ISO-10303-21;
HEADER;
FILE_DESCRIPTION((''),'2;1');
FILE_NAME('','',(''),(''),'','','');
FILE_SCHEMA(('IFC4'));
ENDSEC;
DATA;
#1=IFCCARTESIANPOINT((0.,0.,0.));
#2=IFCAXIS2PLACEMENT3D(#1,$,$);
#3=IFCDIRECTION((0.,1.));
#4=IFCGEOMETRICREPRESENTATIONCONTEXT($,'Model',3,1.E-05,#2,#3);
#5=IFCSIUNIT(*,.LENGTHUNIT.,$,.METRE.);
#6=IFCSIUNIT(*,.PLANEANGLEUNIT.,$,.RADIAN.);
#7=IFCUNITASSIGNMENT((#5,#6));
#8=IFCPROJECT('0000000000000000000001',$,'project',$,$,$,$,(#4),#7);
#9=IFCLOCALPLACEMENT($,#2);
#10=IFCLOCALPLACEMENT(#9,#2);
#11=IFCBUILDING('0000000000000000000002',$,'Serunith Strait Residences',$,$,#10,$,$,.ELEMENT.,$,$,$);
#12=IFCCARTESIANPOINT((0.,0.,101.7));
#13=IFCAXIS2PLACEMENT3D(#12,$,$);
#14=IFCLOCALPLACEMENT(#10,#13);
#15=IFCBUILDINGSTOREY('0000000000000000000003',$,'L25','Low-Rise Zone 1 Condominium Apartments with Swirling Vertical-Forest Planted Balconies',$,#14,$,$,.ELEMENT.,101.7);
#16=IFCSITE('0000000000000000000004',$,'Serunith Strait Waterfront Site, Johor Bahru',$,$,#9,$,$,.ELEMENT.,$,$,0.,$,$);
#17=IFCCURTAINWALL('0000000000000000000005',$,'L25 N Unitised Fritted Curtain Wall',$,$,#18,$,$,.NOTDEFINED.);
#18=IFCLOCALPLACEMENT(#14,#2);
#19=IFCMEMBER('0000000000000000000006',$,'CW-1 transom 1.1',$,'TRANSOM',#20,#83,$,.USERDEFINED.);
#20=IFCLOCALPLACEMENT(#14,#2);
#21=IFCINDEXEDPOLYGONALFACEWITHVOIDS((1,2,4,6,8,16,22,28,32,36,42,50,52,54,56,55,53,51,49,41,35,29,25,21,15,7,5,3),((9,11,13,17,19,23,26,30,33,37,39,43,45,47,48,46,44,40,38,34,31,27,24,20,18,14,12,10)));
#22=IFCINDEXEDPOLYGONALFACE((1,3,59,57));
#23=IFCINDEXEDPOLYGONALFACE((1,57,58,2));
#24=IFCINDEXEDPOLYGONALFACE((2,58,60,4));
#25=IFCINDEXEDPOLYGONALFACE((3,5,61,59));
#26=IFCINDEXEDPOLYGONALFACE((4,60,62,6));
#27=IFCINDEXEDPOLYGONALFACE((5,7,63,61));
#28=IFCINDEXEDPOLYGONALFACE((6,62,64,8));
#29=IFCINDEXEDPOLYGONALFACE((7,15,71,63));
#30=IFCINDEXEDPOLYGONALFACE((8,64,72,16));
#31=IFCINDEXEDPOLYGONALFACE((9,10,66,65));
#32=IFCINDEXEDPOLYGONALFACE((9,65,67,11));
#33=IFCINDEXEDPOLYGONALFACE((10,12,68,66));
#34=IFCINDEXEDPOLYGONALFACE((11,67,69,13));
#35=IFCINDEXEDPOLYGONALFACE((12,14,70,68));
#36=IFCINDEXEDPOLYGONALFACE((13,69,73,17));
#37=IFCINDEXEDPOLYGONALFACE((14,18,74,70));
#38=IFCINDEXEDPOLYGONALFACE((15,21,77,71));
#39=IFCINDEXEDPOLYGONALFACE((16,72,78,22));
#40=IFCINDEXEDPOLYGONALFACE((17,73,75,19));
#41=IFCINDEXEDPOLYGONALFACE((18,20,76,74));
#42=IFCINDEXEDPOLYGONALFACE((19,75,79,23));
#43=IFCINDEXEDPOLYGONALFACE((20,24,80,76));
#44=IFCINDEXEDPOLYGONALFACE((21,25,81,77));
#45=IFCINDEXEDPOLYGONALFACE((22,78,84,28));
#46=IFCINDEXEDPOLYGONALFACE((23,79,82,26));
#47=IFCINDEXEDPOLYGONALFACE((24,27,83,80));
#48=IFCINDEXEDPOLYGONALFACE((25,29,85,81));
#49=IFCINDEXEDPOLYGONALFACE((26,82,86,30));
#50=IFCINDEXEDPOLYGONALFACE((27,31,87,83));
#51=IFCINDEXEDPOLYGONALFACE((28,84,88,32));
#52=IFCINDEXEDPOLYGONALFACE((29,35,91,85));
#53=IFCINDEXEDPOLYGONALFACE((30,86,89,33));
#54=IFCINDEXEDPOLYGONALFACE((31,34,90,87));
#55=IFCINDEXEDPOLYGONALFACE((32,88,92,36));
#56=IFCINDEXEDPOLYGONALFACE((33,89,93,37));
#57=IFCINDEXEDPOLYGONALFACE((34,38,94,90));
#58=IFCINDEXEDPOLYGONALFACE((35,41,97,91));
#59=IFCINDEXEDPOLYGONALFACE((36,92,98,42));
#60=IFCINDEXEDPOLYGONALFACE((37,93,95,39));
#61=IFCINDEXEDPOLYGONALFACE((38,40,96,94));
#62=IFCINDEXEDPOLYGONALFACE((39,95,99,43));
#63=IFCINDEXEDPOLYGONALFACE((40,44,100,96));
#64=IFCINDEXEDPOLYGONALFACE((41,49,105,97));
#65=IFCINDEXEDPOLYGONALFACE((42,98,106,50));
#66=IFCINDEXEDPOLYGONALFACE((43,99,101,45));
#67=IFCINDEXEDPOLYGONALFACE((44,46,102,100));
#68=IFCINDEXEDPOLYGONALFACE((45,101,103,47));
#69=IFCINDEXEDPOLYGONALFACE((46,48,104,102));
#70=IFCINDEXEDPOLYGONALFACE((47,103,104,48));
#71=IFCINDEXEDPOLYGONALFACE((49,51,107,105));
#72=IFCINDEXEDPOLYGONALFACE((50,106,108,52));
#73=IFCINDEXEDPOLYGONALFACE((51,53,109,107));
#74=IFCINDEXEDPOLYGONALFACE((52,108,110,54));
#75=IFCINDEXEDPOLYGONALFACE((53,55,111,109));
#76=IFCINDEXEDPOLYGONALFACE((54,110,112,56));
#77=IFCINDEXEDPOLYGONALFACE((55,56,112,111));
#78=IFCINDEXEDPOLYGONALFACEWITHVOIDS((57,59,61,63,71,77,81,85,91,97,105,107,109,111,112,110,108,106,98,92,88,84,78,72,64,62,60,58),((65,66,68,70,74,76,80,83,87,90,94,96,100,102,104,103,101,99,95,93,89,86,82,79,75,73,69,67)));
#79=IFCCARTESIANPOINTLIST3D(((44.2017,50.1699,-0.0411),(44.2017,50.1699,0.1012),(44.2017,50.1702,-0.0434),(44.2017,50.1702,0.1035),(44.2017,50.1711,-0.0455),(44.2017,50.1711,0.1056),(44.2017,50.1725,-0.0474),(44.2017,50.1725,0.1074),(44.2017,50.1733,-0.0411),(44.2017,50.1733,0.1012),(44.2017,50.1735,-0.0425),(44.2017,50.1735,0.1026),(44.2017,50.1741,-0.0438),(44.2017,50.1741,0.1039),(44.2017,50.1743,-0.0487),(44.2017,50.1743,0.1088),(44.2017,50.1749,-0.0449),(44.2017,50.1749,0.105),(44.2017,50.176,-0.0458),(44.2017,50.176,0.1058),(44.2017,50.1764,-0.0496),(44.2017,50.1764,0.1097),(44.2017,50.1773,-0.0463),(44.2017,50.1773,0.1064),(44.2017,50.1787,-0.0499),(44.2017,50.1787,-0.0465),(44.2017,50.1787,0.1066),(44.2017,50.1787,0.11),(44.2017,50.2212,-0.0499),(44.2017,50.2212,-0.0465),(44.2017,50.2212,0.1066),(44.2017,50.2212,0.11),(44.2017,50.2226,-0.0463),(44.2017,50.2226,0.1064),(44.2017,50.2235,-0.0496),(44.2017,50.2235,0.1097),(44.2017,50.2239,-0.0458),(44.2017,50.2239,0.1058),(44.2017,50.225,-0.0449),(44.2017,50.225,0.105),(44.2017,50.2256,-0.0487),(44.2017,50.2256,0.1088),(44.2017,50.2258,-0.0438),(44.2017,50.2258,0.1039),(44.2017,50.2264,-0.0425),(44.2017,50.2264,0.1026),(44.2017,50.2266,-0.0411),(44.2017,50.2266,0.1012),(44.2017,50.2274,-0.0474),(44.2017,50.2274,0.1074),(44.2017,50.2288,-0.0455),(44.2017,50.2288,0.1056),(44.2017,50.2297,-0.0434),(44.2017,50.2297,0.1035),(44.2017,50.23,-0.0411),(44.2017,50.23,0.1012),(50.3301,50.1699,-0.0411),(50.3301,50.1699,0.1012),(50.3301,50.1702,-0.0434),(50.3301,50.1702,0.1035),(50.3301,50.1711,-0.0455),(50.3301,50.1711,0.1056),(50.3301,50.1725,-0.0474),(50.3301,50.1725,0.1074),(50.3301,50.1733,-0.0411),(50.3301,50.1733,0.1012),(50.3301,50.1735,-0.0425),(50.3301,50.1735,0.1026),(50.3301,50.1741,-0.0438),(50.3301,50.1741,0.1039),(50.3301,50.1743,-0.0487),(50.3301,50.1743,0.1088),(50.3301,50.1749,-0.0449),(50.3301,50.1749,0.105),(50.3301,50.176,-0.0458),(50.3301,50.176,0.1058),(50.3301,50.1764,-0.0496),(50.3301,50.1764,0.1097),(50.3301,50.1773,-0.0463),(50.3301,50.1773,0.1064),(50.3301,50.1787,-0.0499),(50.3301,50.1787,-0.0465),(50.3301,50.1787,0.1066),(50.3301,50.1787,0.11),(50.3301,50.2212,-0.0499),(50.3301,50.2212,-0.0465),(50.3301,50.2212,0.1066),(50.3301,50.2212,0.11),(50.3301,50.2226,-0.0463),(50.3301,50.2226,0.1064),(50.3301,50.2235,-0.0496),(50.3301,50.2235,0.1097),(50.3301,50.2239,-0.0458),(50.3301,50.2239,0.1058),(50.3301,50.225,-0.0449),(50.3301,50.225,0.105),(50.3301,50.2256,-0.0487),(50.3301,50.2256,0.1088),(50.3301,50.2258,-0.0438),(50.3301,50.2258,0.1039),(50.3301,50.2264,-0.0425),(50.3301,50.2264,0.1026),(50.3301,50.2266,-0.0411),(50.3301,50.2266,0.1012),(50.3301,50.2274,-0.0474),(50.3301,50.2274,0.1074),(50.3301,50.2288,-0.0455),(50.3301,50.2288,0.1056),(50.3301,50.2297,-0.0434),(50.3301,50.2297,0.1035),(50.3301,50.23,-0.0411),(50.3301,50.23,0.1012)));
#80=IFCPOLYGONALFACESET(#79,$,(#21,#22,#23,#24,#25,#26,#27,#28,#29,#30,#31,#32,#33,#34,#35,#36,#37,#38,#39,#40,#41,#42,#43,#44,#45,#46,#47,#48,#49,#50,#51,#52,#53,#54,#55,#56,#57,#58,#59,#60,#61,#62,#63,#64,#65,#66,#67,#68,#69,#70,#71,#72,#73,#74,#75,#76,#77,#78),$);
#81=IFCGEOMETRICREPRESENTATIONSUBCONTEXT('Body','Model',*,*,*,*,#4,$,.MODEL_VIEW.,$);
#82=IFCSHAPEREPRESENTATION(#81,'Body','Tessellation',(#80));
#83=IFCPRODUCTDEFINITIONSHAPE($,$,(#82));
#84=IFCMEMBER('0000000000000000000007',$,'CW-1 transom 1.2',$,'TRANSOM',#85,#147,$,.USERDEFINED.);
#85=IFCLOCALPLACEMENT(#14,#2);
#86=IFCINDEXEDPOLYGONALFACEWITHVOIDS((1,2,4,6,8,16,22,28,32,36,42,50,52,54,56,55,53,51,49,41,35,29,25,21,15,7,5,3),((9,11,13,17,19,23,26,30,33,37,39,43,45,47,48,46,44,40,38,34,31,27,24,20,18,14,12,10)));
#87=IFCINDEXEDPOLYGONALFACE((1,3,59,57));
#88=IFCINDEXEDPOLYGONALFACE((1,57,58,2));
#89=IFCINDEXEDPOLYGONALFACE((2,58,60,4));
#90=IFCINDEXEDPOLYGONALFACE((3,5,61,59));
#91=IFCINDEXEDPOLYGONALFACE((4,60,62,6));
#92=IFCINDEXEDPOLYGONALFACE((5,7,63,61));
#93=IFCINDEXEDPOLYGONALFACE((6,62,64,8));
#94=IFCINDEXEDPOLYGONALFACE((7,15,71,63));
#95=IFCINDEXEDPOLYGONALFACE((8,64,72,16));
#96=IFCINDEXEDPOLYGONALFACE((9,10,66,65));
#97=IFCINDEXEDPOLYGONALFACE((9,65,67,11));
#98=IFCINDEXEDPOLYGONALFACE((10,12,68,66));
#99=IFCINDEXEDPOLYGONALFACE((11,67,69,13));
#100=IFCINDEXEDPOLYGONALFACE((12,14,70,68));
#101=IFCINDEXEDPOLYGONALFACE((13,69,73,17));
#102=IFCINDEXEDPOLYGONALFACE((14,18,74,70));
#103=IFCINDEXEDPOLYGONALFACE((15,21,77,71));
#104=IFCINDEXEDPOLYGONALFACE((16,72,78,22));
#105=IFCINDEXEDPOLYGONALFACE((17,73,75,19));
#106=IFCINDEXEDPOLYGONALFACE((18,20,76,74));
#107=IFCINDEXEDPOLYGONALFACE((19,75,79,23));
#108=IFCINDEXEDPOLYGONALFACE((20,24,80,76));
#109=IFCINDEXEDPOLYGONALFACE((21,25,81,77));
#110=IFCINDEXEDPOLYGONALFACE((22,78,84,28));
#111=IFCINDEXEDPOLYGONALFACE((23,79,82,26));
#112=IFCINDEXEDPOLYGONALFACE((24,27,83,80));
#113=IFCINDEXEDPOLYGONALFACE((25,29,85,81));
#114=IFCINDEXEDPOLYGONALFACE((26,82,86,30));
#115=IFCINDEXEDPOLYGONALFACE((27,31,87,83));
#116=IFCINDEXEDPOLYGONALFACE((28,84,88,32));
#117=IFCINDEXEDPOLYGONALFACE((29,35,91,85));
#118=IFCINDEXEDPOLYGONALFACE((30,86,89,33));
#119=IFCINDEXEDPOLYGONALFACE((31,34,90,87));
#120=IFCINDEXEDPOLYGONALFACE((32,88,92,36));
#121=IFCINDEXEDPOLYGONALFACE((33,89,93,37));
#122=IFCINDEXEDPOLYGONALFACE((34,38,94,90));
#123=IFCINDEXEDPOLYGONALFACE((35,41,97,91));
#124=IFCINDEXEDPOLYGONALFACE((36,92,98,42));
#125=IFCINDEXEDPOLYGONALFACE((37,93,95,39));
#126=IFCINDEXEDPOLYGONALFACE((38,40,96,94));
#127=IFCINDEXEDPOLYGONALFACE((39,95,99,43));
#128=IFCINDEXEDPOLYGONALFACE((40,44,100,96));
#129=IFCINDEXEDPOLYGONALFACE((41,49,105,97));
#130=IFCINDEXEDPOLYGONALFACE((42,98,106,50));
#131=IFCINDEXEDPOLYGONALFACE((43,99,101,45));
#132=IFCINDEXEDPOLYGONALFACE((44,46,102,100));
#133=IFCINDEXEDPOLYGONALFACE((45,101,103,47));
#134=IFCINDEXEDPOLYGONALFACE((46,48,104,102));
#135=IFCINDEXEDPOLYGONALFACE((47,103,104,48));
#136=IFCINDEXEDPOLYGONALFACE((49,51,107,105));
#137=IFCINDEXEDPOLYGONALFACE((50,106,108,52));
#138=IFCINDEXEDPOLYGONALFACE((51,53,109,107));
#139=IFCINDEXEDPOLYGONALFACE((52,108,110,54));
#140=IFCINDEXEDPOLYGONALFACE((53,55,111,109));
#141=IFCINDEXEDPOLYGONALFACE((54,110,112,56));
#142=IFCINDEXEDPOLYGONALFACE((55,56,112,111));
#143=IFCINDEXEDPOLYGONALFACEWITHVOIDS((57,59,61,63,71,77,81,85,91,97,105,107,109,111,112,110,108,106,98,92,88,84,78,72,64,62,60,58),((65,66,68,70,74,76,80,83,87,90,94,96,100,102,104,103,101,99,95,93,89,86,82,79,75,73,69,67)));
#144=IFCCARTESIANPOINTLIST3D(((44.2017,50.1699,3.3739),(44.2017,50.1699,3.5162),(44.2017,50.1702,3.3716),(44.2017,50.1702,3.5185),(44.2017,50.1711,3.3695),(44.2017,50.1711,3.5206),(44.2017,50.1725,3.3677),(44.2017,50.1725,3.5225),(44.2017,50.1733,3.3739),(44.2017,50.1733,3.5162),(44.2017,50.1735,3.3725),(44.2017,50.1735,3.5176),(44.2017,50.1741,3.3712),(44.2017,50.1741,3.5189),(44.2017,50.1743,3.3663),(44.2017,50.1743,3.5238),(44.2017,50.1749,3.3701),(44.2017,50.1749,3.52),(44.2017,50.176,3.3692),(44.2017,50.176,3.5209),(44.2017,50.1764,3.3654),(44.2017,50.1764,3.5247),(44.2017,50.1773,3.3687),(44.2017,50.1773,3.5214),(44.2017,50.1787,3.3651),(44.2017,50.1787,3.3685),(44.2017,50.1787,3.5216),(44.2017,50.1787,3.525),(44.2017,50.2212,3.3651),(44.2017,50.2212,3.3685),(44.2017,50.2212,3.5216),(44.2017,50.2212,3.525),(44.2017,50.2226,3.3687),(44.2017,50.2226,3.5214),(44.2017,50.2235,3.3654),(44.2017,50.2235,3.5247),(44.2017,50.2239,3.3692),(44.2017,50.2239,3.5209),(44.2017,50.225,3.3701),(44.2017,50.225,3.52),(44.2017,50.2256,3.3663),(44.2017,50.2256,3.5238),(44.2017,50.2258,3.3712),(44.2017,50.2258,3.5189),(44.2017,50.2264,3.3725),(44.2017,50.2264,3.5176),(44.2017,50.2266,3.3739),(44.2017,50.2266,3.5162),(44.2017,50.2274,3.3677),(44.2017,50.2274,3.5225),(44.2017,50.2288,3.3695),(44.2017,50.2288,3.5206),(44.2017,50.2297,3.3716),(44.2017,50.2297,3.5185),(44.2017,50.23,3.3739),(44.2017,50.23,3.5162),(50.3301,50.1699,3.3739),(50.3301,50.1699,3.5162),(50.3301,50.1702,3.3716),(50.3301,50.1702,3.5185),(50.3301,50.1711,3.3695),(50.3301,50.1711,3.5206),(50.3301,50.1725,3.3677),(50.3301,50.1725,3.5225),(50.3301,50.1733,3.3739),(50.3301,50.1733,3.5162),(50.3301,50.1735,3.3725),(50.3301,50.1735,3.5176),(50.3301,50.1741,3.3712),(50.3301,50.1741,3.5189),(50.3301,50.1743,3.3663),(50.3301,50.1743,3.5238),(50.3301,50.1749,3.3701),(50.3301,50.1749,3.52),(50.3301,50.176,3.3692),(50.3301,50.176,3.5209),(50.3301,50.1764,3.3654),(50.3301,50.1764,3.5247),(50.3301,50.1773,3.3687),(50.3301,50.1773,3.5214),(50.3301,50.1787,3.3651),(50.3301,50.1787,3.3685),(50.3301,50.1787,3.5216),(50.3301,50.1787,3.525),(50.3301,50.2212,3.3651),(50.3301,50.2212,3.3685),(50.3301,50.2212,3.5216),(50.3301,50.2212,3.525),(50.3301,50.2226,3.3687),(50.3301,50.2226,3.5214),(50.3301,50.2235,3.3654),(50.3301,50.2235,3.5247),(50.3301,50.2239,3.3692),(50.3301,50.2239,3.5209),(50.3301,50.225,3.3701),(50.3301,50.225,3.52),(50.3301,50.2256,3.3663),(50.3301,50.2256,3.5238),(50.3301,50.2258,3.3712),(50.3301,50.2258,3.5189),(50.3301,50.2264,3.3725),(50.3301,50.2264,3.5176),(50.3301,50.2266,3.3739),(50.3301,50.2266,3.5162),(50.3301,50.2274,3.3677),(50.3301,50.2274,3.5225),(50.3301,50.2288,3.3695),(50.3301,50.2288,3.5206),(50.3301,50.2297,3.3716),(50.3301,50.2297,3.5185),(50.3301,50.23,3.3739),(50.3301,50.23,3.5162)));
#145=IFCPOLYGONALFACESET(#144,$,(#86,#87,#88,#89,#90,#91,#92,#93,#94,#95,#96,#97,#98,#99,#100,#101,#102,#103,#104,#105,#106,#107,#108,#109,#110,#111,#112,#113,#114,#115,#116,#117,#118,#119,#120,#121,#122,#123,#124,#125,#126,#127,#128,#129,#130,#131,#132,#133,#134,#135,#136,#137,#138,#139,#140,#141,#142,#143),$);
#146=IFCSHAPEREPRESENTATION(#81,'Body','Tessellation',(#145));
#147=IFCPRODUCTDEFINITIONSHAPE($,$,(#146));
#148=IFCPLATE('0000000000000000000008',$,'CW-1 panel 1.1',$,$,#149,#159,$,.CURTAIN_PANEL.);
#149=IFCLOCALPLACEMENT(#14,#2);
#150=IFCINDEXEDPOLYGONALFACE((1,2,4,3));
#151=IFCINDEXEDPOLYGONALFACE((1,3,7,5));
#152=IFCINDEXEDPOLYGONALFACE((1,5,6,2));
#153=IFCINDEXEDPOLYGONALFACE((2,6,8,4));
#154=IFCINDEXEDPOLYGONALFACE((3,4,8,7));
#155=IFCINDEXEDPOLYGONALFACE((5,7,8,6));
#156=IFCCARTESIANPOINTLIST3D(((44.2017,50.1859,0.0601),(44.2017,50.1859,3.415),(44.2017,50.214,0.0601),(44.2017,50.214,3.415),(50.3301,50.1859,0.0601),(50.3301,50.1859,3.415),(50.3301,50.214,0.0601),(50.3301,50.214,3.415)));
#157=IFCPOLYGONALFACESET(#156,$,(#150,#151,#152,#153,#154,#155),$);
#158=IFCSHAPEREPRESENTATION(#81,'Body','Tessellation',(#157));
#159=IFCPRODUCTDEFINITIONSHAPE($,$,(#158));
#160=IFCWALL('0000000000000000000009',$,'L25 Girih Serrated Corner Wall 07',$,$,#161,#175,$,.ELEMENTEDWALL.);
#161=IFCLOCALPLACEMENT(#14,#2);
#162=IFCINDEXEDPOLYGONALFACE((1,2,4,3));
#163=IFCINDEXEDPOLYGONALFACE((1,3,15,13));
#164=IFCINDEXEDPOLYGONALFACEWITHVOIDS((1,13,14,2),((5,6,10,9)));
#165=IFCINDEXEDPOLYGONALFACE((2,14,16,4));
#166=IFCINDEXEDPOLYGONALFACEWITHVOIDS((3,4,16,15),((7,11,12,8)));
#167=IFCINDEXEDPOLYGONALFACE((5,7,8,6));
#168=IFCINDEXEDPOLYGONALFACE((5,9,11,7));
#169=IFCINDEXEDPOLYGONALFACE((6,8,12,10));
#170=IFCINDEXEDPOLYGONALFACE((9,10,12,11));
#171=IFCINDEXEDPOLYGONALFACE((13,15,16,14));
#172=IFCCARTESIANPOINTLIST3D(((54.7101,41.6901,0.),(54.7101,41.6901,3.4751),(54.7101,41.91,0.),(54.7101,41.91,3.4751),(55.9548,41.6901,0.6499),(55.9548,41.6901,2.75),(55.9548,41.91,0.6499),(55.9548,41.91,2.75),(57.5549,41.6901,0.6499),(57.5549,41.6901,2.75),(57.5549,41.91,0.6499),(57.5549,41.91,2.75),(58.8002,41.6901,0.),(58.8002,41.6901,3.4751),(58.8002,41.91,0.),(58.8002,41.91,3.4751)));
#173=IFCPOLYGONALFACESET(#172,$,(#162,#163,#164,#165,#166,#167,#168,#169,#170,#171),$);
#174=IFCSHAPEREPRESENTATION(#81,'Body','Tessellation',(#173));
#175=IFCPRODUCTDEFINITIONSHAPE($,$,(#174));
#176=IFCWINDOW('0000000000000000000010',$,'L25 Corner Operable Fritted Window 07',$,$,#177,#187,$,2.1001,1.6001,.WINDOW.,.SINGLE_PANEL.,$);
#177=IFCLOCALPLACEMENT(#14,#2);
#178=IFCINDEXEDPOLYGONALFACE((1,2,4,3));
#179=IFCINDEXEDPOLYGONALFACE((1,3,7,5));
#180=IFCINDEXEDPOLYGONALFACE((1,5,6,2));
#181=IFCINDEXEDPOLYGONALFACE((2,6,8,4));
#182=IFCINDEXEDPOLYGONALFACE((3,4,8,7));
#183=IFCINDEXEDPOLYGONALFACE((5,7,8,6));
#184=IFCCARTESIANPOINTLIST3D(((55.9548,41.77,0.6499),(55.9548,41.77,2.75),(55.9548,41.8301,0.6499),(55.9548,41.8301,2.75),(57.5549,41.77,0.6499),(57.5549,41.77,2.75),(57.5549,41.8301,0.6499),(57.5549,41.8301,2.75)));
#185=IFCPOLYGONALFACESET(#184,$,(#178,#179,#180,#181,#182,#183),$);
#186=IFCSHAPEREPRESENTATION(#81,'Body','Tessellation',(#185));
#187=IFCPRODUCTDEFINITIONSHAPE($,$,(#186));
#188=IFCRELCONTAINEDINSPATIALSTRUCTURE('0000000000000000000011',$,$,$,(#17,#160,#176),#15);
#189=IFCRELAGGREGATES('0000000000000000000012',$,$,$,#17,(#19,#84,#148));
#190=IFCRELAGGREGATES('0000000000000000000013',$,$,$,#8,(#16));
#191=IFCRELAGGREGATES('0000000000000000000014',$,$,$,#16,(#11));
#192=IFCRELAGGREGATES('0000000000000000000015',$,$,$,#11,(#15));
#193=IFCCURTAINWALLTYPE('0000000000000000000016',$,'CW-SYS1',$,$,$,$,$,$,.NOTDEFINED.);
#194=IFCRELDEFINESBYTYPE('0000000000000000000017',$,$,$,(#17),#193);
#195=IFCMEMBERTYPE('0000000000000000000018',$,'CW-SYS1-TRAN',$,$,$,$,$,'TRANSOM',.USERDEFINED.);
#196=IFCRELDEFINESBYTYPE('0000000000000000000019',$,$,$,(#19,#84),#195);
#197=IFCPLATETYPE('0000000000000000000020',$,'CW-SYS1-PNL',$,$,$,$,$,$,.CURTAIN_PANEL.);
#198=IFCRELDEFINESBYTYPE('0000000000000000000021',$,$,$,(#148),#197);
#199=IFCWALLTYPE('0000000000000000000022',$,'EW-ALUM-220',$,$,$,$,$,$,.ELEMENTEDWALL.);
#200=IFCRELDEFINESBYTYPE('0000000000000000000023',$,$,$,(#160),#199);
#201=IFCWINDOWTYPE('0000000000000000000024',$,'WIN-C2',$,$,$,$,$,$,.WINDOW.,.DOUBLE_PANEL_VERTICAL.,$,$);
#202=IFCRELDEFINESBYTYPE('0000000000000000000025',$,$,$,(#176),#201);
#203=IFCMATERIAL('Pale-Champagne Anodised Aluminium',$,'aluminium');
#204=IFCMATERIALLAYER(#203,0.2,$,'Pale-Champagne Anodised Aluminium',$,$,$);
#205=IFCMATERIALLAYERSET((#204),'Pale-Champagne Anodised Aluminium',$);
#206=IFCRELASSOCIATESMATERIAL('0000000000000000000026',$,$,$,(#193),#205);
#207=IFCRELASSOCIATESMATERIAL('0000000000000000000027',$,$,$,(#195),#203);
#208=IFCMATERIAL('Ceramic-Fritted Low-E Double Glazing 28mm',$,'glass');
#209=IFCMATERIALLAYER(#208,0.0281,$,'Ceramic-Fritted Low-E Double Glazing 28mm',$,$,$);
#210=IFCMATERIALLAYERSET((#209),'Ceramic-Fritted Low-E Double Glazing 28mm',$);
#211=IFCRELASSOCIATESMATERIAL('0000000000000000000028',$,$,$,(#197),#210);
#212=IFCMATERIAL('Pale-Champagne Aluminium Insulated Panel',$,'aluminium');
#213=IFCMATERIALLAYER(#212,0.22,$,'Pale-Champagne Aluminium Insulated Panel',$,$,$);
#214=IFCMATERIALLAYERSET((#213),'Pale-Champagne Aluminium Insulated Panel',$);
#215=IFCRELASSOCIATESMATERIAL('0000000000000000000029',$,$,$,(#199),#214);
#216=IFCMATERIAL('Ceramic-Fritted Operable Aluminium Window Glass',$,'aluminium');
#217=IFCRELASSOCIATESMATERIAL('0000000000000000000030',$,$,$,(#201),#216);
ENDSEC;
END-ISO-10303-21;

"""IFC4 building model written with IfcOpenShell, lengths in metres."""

from ifc_helpers import new_model, si_unit, direction, frame, frame_2d, origin, origin_2d, place, context, subcontext, project, spatial, rectangle, hollow_rectangle, extrude, source, transform, mapped, material, layer, layer_set, material_profile, profile_set, type_object, element, fill, aggregate, save


model = new_model("IFC4")

# Units and contexts
model_context = context("Model", 3, precision=1e-05, world=origin(), true_north=direction((0.0, 1.0)))
body_context = subcontext(model_context, "Body", "Model", "MODEL_VIEW")
ifc_project = project(units=[si_unit("LENGTHUNIT", "METRE"), si_unit("PLANEANGLEUNIT", "RADIAN")], contexts=[model_context])

# Site, building, storey
site_placement = place(None, origin())
site = spatial("IfcSite", under=ifc_project, at=site_placement, Name="Serunith Strait Waterfront Site, Johor Bahru", CompositionType="ELEMENT", RefElevation=0.0)
building_placement = place(site_placement, origin())
building = spatial("IfcBuilding", under=site, at=building_placement, Name="Serunith Strait Residences", CompositionType="ELEMENT")
storey_placement = place(building_placement, frame((0.0, 0.0, 101.7)))
storey = spatial("IfcBuildingStorey", under=building, at=storey_placement, Name="L25", Description="Low-Rise Zone 1 Condominium Apartments with Swirling Vertical-Forest Planted Balconies", CompositionType="ELEMENT", Elevation=101.7)

# Shared definitions
ifc_material_1 = material(Name="Pale-Champagne Anodised Aluminium", Category="aluminium")
ifc_layer_1 = layer(ifc_material_1, 0.2, Name="Pale-Champagne Anodised Aluminium")
ifc_layer_set_1 = layer_set([ifc_layer_1], Name="Pale-Champagne Anodised Aluminium")
curtain_wall_type = type_object("IfcCurtainWallType", Name="CW-SYS1", PredefinedType="NOTDEFINED", material=ifc_layer_set_1)

# Curtain wall, members, plate
curtain_wall_1_placement = place(storey_placement, origin())
curtain_wall_1 = element("IfcCurtainWall", 1, at=curtain_wall_1_placement, inside=storey, type_object=curtain_wall_type, Name="L25 N Unitised Fritted Curtain Wall", PredefinedType="NOTDEFINED")
ifc_material_profile_1 = material_profile(ifc_material_1, hollow_rectangle(XDim=0.0601, YDim=0.1599, WallThickness=0.0034, InnerFilletRadius=0.0054, OuterFilletRadius=0.0088, at=origin_2d()), Name="ALU 160x60x3.5")
ifc_profile_set_1 = profile_set([ifc_material_profile_1], Name="Pale-Champagne Anodised Aluminium")
member_type_1 = type_object("IfcMemberType", Name="CW-SYS1-TRAN", ElementType="TRANSOM", PredefinedType="USERDEFINED", material=ifc_profile_set_1)
shared_shape_1 = source(origin(), body_context, "Body", "SweptSolid", [
    extrude(hollow_rectangle(XDim=0.0601, YDim=0.1599, WallThickness=0.0034, InnerFilletRadius=0.0054, OuterFilletRadius=0.0088, at=origin_2d()), origin(), (0.0, 0.0, 1.0), 6.1284),
])
member_1_placement = place(storey_placement, frame((50.3301, 50.2, 0.03), z_axis=(-1.0, 0.0, 0.0), x_axis=(0.0, -1.0, 0.0)))
member_1 = element("IfcMember", 2, at=member_1_placement, type_object=member_type_1, Name="CW-1 transom 1.1", ObjectType="TRANSOM", PredefinedType="USERDEFINED", context=body_context, shape_type="MappedRepresentation", body=[
    mapped(shared_shape_1, transform((0.0, 0.0, 0.0), scale=1.0)),
])
member_2_placement = place(storey_placement, frame((50.3301, 50.2, 3.4451), z_axis=(-1.0, 0.0, 0.0), x_axis=(0.0, -1.0, 0.0)))
member_2 = element("IfcMember", 3, at=member_2_placement, type_object=member_type_1, Name="CW-1 transom 1.2", ObjectType="TRANSOM", PredefinedType="USERDEFINED", context=body_context, shape_type="MappedRepresentation", body=[
    mapped(shared_shape_1, transform((0.0, 0.0, 0.0), scale=1.0)),
])
ifc_material_2 = material(Name="Ceramic-Fritted Low-E Double Glazing 28mm", Category="glass")
ifc_layer_2 = layer(ifc_material_2, 0.0281, Name="Ceramic-Fritted Low-E Double Glazing 28mm")
ifc_layer_set_2 = layer_set([ifc_layer_2], Name="Ceramic-Fritted Low-E Double Glazing 28mm")
plate_type = type_object("IfcPlateType", Name="CW-SYS1-PNL", PredefinedType="CURTAIN_PANEL", material=ifc_layer_set_2)
shared_shape_2 = source(origin(), body_context, "Body", "SweptSolid", [
    extrude(rectangle(XDim=6.1284, YDim=0.0281, at=origin_2d()), origin(), (0.0, 0.0, 1.0), 3.355),
])
plate_placement = place(storey_placement, frame((47.2659, 50.2, 0.0601), z_axis=(0.0, 0.0, 1.0), x_axis=(-1.0, 0.0, 0.0)))
plate = element("IfcPlate", 4, at=plate_placement, type_object=plate_type, Name="CW-1 panel 1.1", PredefinedType="CURTAIN_PANEL", context=body_context, shape_type="MappedRepresentation", body=[
    mapped(shared_shape_2, transform((0.0, 0.0, 0.0), scale=1.0)),
])
aggregate(curtain_wall_1, [member_1, member_2, plate])

# Wall, opening, window
ifc_material_3 = material(Name="Pale-Champagne Aluminium Insulated Panel", Category="aluminium")
ifc_layer_3 = layer(ifc_material_3, 0.22, Name="Pale-Champagne Aluminium Insulated Panel")
ifc_layer_set_3 = layer_set([ifc_layer_3], Name="Pale-Champagne Aluminium Insulated Panel")
wall_type_1 = type_object("IfcWallType", Name="EW-ALUM-220", PredefinedType="ELEMENTEDWALL", material=ifc_layer_set_3)
wall_1_placement = place(storey_placement, frame((58.8, 41.8, 0.0), z_axis=(0.0, 0.0, 1.0), x_axis=(-1.0, 0.0, 0.0)))
wall_1 = element("IfcWall", 5, at=wall_1_placement, inside=storey, type_object=wall_type_1, Name="L25 Girih Serrated Corner Wall 07", PredefinedType="ELEMENTEDWALL", context=body_context, shape_type="SweptSolid", body=[
    extrude(rectangle(XDim=4.0901, YDim=0.22, at=frame_2d((2.0449, 0.0))), origin(), (0.0, 0.0, 1.0), 3.4751),
])
opening_1_placement = place(wall_1_placement, frame((1.2451, 0.0, 0.6499)))
opening_1 = element("IfcOpeningElement", 6, at=opening_1_placement, cuts=wall_1, PredefinedType="OPENING", context=body_context, shape_type="SweptSolid", body=[
    extrude(rectangle(XDim=1.6001, YDim=2.1001, at=frame_2d((0.8, 1.05))), frame((0.0, 0.1201, 0.0), z_axis=(0.0, -1.0, 0.0), x_axis=(1.0, 0.0, 0.0)), (0.0, 0.0, 1.0), 0.24),
])
ifc_material_4 = material(Name="Ceramic-Fritted Operable Aluminium Window Glass", Category="aluminium")
window_type = type_object("IfcWindowType", Name="WIN-C2", PartitioningType="DOUBLE_PANEL_VERTICAL", PredefinedType="WINDOW", material=ifc_material_4)
shared_shape_3 = source(origin(), body_context, "Body", "SweptSolid", [
    extrude(rectangle(XDim=1.6001, YDim=2.1001, at=frame_2d((0.8, 1.05))), frame((0.0, 0.03, 0.0), z_axis=(0.0, -1.0, 0.0), x_axis=(1.0, 0.0, 0.0)), (0.0, 0.0, 1.0), 0.0601),
])
window_1_placement = place(opening_1_placement, origin())
window_1 = element("IfcWindow", 7, at=window_1_placement, inside=storey, type_object=window_type, Name="L25 Corner Operable Fritted Window 07", OverallHeight=2.1001, OverallWidth=1.6001, PartitioningType="SINGLE_PANEL", PredefinedType="WINDOW", context=body_context, shape_type="MappedRepresentation", body=[
    mapped(shared_shape_3, transform((0.0, 0.0, 0.0), scale=1.0)),
])
fill(opening_1, window_1)

save(model, "model.ifc")
